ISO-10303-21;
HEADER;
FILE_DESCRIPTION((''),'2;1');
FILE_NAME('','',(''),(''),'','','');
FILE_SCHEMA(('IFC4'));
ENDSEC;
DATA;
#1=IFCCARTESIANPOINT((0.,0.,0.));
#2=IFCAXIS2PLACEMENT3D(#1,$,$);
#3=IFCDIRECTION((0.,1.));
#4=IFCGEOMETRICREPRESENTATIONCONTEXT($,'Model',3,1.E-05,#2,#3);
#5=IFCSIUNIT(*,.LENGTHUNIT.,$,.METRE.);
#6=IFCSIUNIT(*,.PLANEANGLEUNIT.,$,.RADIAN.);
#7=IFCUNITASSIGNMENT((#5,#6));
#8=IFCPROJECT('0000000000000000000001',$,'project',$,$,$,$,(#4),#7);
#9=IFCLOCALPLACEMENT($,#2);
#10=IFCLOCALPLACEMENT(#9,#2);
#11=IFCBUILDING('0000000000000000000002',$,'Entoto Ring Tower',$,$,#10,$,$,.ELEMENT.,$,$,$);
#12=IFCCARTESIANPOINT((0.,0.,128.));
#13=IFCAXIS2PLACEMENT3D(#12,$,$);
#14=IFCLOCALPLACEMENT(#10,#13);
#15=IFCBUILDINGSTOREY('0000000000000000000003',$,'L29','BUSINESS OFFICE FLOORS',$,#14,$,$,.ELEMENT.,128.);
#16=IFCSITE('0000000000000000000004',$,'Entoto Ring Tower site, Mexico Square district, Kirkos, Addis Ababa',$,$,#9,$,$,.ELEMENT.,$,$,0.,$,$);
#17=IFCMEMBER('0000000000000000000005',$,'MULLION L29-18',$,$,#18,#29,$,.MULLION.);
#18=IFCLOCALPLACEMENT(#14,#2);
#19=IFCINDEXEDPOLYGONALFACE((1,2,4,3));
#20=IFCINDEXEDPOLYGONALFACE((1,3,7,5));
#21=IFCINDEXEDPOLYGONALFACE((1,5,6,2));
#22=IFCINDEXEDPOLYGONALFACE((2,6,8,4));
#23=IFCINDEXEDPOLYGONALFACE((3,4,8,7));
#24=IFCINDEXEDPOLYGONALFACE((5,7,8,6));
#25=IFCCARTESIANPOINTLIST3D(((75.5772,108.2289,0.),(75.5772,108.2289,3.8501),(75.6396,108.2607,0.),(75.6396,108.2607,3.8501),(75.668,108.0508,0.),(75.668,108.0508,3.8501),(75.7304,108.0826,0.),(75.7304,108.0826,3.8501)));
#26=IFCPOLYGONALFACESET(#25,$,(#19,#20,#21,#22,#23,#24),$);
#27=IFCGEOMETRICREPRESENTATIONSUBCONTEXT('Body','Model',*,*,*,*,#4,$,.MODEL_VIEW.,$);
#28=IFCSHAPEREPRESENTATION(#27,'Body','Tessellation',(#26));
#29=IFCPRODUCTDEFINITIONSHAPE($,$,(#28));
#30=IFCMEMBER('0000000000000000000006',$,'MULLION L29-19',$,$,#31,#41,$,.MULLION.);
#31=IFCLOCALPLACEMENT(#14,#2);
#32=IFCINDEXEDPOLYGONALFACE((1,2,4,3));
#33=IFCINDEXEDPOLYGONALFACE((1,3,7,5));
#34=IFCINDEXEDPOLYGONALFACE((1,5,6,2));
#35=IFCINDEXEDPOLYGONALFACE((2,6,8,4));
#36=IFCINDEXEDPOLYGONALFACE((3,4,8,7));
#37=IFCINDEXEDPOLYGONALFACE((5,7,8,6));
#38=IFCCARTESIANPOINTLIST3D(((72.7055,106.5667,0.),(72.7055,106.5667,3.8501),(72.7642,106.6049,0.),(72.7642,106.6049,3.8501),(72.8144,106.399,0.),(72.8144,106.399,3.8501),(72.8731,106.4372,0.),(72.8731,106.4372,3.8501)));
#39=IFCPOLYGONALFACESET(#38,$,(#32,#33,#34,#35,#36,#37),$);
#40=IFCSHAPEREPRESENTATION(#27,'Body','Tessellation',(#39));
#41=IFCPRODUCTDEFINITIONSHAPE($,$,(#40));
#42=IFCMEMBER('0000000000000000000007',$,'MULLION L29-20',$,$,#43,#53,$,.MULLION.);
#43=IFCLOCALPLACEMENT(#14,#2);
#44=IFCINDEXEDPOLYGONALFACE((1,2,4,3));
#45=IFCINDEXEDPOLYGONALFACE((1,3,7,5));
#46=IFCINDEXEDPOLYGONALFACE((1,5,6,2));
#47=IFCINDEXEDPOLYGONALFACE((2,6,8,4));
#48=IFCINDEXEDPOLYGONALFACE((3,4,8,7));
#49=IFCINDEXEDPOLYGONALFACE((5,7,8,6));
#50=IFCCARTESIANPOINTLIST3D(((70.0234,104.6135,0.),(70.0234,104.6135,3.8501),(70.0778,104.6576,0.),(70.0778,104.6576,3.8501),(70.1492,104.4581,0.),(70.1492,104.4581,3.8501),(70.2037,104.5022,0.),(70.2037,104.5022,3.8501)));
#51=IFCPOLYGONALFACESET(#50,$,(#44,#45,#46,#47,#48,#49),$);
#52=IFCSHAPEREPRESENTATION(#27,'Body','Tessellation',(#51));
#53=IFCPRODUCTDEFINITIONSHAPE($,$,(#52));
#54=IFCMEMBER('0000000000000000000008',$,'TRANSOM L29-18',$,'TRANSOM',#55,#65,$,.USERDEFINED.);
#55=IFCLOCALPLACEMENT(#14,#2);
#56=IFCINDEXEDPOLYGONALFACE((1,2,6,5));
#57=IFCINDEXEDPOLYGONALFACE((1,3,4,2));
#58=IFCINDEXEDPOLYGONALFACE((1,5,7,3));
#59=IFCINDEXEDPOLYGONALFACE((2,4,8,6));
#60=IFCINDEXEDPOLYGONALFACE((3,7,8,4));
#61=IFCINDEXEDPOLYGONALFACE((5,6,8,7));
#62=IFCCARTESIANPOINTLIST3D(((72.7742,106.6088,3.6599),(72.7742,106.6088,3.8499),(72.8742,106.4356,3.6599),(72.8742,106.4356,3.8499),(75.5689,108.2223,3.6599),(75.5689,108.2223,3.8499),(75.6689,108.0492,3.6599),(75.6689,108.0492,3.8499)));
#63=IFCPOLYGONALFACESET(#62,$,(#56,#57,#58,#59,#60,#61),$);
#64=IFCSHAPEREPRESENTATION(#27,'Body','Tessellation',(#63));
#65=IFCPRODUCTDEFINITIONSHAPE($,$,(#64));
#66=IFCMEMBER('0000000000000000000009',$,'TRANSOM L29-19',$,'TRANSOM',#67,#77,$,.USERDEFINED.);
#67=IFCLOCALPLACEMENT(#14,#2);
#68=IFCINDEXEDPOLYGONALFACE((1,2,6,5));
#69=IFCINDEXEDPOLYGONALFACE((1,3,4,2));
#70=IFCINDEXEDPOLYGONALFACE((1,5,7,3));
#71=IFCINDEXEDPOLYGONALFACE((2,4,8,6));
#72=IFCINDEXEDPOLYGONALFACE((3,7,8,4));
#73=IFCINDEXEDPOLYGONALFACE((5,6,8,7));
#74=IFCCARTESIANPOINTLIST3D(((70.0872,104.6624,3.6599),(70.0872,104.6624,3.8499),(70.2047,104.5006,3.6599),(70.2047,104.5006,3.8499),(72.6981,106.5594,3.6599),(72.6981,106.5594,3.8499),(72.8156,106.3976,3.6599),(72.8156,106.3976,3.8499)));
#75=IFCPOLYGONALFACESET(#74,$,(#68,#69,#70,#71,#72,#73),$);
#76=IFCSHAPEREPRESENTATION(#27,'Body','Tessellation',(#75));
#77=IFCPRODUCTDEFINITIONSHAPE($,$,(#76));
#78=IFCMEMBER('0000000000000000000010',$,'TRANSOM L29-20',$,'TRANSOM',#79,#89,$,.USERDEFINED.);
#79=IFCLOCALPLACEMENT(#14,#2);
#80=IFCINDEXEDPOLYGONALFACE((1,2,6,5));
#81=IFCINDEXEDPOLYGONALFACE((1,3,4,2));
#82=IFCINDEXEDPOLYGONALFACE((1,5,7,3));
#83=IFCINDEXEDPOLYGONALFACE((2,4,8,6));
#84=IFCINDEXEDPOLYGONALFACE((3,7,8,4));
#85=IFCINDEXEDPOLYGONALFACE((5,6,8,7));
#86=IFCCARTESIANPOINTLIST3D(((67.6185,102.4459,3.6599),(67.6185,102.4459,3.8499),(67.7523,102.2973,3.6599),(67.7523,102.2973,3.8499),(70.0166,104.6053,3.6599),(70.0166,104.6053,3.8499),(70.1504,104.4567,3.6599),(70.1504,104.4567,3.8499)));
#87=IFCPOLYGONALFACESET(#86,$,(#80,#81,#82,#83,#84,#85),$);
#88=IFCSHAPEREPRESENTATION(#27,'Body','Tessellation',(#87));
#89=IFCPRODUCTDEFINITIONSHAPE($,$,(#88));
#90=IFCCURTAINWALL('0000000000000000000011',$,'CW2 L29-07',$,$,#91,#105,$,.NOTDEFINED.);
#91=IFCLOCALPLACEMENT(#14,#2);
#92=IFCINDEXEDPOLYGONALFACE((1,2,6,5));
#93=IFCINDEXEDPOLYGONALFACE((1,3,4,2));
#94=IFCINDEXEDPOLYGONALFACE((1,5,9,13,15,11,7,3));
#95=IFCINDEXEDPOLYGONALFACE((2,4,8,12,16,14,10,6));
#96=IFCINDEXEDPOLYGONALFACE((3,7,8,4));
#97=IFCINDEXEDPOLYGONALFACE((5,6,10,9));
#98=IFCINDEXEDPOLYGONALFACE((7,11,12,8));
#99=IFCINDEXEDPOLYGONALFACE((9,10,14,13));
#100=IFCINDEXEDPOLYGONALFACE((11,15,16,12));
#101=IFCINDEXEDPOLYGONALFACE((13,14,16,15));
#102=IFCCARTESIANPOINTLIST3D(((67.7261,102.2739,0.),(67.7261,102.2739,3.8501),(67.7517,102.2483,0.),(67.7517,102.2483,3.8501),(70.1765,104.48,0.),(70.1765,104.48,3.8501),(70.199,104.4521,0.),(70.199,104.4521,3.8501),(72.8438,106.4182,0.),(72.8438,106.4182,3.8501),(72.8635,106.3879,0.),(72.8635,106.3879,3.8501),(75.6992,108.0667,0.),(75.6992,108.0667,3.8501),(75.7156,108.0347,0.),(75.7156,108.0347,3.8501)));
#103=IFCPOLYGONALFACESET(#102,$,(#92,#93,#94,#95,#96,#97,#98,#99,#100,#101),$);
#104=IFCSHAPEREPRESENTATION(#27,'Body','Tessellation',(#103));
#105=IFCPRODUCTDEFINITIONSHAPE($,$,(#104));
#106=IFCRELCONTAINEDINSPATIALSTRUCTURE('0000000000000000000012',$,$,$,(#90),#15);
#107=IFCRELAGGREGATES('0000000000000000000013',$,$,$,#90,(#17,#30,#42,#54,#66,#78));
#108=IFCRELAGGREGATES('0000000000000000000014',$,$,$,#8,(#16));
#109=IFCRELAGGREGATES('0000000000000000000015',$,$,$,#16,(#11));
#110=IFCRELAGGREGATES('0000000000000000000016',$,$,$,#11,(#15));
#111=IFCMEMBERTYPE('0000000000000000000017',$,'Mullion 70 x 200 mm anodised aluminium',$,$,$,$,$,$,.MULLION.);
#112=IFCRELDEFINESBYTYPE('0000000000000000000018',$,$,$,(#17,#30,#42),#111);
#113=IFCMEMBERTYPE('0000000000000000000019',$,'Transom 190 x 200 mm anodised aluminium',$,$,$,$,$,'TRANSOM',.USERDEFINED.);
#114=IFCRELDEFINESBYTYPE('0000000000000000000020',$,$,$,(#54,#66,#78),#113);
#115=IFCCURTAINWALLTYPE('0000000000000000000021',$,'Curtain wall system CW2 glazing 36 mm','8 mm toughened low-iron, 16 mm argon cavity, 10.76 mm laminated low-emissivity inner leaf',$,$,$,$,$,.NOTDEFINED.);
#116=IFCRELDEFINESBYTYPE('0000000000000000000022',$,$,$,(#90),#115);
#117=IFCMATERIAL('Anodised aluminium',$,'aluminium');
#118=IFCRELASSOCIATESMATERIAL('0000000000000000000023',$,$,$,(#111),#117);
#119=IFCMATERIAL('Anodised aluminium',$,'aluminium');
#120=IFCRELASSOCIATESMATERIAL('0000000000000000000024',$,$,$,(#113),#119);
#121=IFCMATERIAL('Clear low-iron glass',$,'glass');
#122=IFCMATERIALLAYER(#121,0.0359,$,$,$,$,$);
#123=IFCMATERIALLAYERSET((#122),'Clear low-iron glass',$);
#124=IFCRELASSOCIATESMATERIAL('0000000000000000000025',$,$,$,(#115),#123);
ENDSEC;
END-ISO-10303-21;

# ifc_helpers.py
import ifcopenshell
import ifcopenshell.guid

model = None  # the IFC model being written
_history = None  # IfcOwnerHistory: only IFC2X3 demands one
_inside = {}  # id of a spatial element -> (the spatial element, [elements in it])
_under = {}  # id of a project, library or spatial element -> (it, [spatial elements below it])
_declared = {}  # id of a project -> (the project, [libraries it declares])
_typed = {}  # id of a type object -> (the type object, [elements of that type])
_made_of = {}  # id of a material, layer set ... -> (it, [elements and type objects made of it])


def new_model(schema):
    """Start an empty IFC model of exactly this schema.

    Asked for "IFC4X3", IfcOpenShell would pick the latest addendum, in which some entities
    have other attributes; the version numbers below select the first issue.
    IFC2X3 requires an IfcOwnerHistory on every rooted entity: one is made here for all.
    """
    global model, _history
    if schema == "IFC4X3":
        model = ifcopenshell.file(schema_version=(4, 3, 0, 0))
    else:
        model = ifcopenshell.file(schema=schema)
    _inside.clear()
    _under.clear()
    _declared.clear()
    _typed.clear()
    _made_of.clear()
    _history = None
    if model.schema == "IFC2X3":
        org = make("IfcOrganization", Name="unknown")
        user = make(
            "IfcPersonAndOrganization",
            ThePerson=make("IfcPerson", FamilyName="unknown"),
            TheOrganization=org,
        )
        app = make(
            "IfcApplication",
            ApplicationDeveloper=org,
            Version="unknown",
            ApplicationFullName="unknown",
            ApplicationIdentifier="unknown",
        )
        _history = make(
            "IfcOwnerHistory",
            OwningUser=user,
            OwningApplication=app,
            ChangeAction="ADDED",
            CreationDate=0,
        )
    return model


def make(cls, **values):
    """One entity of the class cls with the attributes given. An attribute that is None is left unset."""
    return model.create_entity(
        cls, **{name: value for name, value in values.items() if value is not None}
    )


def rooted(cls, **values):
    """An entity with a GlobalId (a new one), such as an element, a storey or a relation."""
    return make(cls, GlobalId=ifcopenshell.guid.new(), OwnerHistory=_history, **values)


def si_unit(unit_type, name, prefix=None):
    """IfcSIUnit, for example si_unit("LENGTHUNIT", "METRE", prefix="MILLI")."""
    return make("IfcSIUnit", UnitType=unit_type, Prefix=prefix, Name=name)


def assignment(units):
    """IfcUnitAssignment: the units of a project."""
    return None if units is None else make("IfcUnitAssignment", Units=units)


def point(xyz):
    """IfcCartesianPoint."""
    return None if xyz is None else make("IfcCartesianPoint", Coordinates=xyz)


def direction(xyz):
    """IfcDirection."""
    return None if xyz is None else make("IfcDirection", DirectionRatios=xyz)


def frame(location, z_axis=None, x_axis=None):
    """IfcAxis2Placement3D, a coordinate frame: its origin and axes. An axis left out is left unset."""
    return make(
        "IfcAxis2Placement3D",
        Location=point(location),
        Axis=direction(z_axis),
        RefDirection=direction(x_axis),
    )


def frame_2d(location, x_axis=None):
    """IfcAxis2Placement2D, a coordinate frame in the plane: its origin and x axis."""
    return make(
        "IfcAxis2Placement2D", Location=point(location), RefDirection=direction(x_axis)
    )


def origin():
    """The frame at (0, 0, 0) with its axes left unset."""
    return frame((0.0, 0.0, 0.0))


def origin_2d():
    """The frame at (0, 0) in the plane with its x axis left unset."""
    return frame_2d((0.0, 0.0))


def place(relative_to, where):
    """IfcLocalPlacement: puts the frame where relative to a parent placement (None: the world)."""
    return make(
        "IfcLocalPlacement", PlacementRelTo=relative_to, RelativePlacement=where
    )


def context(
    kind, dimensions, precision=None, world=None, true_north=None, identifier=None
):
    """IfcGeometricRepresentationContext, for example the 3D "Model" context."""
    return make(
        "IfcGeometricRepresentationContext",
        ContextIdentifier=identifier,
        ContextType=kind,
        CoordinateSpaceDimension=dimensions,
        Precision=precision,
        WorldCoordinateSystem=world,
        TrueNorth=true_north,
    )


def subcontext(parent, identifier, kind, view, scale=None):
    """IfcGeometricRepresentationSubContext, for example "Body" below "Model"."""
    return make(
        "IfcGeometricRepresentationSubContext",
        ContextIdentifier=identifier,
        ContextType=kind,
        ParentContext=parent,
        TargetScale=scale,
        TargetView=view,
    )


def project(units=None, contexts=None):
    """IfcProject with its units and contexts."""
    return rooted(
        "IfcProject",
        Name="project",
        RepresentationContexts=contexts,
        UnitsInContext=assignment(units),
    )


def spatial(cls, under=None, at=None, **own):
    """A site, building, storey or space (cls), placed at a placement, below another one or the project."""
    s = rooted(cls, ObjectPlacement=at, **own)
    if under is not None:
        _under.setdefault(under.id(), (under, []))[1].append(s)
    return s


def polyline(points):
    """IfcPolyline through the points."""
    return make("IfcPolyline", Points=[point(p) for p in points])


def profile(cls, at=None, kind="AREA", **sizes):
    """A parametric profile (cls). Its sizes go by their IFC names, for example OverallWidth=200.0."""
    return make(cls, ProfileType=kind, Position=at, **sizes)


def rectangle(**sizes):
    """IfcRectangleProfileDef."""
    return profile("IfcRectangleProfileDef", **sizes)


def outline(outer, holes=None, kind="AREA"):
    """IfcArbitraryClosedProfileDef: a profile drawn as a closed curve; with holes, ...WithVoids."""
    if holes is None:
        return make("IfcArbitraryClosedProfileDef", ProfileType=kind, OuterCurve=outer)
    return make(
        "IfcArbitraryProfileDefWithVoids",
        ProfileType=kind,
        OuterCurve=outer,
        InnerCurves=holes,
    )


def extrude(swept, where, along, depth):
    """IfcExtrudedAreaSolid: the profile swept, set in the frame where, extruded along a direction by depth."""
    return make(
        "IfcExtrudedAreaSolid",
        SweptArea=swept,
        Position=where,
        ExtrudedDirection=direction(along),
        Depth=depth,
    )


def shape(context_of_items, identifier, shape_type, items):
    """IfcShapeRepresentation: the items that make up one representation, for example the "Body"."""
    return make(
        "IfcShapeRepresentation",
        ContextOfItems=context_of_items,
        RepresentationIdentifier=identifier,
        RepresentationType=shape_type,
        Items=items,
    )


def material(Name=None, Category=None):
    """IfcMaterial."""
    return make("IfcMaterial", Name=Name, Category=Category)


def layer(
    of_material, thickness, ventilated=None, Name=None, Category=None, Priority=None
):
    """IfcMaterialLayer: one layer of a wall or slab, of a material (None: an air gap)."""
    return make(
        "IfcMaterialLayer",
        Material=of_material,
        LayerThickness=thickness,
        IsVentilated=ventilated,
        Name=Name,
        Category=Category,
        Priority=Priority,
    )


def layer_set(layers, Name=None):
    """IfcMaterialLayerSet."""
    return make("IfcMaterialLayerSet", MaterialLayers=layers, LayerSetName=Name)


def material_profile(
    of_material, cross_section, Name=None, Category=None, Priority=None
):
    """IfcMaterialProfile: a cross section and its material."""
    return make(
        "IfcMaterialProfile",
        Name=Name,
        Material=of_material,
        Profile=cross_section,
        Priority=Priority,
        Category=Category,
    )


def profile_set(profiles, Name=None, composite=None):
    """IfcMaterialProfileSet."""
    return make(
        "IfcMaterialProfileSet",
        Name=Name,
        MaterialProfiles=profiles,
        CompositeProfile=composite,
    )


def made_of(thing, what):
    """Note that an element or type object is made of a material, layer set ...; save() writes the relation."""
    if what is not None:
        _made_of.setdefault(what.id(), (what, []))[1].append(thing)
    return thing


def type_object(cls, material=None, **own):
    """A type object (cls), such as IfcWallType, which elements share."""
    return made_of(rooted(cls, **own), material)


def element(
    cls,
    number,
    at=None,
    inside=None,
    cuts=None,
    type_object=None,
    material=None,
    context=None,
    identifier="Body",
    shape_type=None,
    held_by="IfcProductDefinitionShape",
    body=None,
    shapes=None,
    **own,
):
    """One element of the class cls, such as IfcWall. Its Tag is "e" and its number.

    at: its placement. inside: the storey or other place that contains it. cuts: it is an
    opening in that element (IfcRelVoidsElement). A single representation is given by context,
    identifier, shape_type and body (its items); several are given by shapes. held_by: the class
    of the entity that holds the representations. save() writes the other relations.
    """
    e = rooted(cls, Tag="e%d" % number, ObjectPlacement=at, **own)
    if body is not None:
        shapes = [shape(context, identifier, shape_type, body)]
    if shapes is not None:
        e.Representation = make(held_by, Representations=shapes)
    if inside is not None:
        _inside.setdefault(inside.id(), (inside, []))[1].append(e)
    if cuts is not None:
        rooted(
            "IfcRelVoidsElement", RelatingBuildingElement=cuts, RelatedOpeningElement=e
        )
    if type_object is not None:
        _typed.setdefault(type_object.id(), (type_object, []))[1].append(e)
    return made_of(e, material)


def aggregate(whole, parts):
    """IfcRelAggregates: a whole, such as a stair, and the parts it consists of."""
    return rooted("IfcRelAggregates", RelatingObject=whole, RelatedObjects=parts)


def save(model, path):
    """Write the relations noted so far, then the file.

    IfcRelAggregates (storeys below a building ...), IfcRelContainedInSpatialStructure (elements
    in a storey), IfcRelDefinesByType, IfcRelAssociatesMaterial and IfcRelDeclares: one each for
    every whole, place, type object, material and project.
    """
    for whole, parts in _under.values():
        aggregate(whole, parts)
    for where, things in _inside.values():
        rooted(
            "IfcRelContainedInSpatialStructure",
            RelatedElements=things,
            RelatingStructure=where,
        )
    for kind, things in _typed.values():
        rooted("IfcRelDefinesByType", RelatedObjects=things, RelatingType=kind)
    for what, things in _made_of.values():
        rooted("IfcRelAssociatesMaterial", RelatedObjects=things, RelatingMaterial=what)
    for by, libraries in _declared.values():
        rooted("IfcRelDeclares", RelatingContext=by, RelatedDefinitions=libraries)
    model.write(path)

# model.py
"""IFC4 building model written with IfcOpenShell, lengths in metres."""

from ifc_helpers import new_model, si_unit, direction, frame, origin, origin_2d, place, context, subcontext, project, spatial, polyline, rectangle, outline, extrude, material, layer, layer_set, material_profile, profile_set, type_object, element, aggregate, save


model = new_model("IFC4")

# Units and contexts
model_context = context("Model", 3, precision=1e-05, world=origin(), true_north=direction((0.0, 1.0)))
body_context = subcontext(model_context, "Body", "Model", "MODEL_VIEW")
ifc_project = project(units=[si_unit("LENGTHUNIT", "METRE"), si_unit("PLANEANGLEUNIT", "RADIAN")], contexts=[model_context])

# Members
ifc_material_1 = material(Name="Anodised aluminium", Category="aluminium")
ifc_material_profile_1 = material_profile(ifc_material_1, rectangle(XDim=0.0701, YDim=0.2, at=origin_2d()), Name="Mullion 70 x 200 mm anodised aluminium")
ifc_profile_set_1 = profile_set([ifc_material_profile_1], Name="Anodised aluminium")
member_type_1 = type_object("IfcMemberType", Name="Mullion 70 x 200 mm anodised aluminium", PredefinedType="MULLION", material=ifc_profile_set_1)
site_placement = place(None, origin())
building_placement = place(site_placement, origin())
storey_placement = place(building_placement, frame((0.0, 0.0, 128.0)))
member_1_placement = place(storey_placement, frame((75.6538, 108.1558, 0.0), z_axis=(0.0, 0.0, 1.0), x_axis=(-0.891007, -0.45399, 0.0)))
member_1 = element("IfcMember", 1, at=member_1_placement, type_object=member_type_1, Name="MULLION L29-18", PredefinedType="MULLION", context=body_context, shape_type="SweptSolid", body=[
    extrude(rectangle(XDim=0.0701, YDim=0.2, at=origin_2d()), origin(), (0.0, 0.0, 1.0), 3.8501),
])
member_2_placement = place(storey_placement, frame((72.7893, 106.502, 0.0), z_axis=(0.0, 0.0, 1.0), x_axis=(-0.838671, -0.544639, 0.0)))
member_2 = element("IfcMember", 2, at=member_2_placement, type_object=member_type_1, Name="MULLION L29-19", PredefinedType="MULLION", context=body_context, shape_type="SweptSolid", body=[
    extrude(rectangle(XDim=0.0701, YDim=0.2, at=origin_2d()), origin(), (0.0, 0.0, 1.0), 3.8501),
])
member_3_placement = place(storey_placement, frame((70.1135, 104.5579, 0.0), z_axis=(0.0, 0.0, 1.0), x_axis=(-0.777146, -0.62932, 0.0)))
member_3 = element("IfcMember", 3, at=member_3_placement, type_object=member_type_1, Name="MULLION L29-20", PredefinedType="MULLION", context=body_context, shape_type="SweptSolid", body=[
    extrude(rectangle(XDim=0.0701, YDim=0.2, at=origin_2d()), origin(), (0.0, 0.0, 1.0), 3.8501),
])
ifc_material_2 = material(Name="Anodised aluminium", Category="aluminium")
ifc_material_profile_2 = material_profile(ifc_material_2, rectangle(XDim=0.2, YDim=0.1899, at=origin_2d()), Name="Transom 190 x 200 mm anodised aluminium")
ifc_profile_set_2 = profile_set([ifc_material_profile_2], Name="Anodised aluminium")
member_type_2 = type_object("IfcMemberType", Name="Transom 190 x 200 mm anodised aluminium", ElementType="TRANSOM", PredefinedType="USERDEFINED", material=ifc_profile_set_2)
member_4_placement = place(storey_placement, frame((75.6189, 108.1357, 3.7549), z_axis=(-0.866023, -0.500004, 0.0), x_axis=(0.500004, -0.866023, 0.0)))
member_4 = element("IfcMember", 4, at=member_4_placement, type_object=member_type_2, Name="TRANSOM L29-18", ObjectType="TRANSOM", PredefinedType="USERDEFINED", context=body_context, shape_type="SweptSolid", body=[
    extrude(rectangle(XDim=0.2, YDim=0.1899, at=origin_2d()), origin(), (0.0, 0.0, 1.0), 3.2271),
])
member_5_placement = place(storey_placement, frame((72.7568, 106.4785, 3.7549), z_axis=(-0.809004, -0.587803, 0.0), x_axis=(0.587803, -0.809004, 0.0)))
member_5 = element("IfcMember", 5, at=member_5_placement, type_object=member_type_2, Name="TRANSOM L29-19", ObjectType="TRANSOM", PredefinedType="USERDEFINED", context=body_context, shape_type="SweptSolid", body=[
    extrude(rectangle(XDim=0.2, YDim=0.1899, at=origin_2d()), origin(), (0.0, 0.0, 1.0), 3.2273),
])
member_6_placement = place(storey_placement, frame((70.0835, 104.531, 3.7549), z_axis=(-0.743132, -0.669144, 0.0), x_axis=(0.669144, -0.743132, 0.0)))
member_6 = element("IfcMember", 6, at=member_6_placement, type_object=member_type_2, Name="TRANSOM L29-20", ObjectType="TRANSOM", PredefinedType="USERDEFINED", context=body_context, shape_type="SweptSolid", body=[
    extrude(rectangle(XDim=0.2, YDim=0.1899, at=origin_2d()), origin(), (0.0, 0.0, 1.0), 3.2271),
])

# Site, building, storey
site = spatial("IfcSite", under=ifc_project, at=site_placement, Name="Entoto Ring Tower site, Mexico Square district, Kirkos, Addis Ababa", CompositionType="ELEMENT", RefElevation=0.0)
building = spatial("IfcBuilding", under=site, at=building_placement, Name="Entoto Ring Tower", CompositionType="ELEMENT")
storey = spatial("IfcBuildingStorey", under=building, at=storey_placement, Name="L29", Description="BUSINESS OFFICE FLOORS", CompositionType="ELEMENT", Elevation=128.0)

# Curtain wall
ifc_material_3 = material(Name="Clear low-iron glass", Category="glass")
ifc_layer = layer(ifc_material_3, 0.0359)
ifc_layer_set = layer_set([ifc_layer], Name="Clear low-iron glass")
curtain_wall_type = type_object("IfcCurtainWallType", Name="Curtain wall system CW2 glazing 36 mm", Description="8 mm toughened low-iron, 16 mm argon cavity, 10.76 mm laminated low-emissivity inner leaf", PredefinedType="NOTDEFINED", material=ifc_layer_set)
curtain_wall_1_placement = place(storey_placement, origin())
curtain_wall_1 = element("IfcCurtainWall", 7, at=curtain_wall_1_placement, inside=storey, type_object=curtain_wall_type, Name="CW2 L29-07", PredefinedType="NOTDEFINED", context=body_context, shape_type="SweptSolid", body=[
    extrude(outline(polyline([(75.6992, 108.0667), (72.8438, 106.4182), (70.1765, 104.48), (67.7261, 102.2739), (67.7517, 102.2483), (70.199, 104.4521), (72.8635, 106.3879), (75.7156, 108.0347), (75.6992, 108.0667)])), origin(), (0.0, 0.0, 1.0), 3.8501),
])
aggregate(curtain_wall_1, [member_1, member_2, member_3, member_4, member_5, member_6])

save(model, "model.ifc")
